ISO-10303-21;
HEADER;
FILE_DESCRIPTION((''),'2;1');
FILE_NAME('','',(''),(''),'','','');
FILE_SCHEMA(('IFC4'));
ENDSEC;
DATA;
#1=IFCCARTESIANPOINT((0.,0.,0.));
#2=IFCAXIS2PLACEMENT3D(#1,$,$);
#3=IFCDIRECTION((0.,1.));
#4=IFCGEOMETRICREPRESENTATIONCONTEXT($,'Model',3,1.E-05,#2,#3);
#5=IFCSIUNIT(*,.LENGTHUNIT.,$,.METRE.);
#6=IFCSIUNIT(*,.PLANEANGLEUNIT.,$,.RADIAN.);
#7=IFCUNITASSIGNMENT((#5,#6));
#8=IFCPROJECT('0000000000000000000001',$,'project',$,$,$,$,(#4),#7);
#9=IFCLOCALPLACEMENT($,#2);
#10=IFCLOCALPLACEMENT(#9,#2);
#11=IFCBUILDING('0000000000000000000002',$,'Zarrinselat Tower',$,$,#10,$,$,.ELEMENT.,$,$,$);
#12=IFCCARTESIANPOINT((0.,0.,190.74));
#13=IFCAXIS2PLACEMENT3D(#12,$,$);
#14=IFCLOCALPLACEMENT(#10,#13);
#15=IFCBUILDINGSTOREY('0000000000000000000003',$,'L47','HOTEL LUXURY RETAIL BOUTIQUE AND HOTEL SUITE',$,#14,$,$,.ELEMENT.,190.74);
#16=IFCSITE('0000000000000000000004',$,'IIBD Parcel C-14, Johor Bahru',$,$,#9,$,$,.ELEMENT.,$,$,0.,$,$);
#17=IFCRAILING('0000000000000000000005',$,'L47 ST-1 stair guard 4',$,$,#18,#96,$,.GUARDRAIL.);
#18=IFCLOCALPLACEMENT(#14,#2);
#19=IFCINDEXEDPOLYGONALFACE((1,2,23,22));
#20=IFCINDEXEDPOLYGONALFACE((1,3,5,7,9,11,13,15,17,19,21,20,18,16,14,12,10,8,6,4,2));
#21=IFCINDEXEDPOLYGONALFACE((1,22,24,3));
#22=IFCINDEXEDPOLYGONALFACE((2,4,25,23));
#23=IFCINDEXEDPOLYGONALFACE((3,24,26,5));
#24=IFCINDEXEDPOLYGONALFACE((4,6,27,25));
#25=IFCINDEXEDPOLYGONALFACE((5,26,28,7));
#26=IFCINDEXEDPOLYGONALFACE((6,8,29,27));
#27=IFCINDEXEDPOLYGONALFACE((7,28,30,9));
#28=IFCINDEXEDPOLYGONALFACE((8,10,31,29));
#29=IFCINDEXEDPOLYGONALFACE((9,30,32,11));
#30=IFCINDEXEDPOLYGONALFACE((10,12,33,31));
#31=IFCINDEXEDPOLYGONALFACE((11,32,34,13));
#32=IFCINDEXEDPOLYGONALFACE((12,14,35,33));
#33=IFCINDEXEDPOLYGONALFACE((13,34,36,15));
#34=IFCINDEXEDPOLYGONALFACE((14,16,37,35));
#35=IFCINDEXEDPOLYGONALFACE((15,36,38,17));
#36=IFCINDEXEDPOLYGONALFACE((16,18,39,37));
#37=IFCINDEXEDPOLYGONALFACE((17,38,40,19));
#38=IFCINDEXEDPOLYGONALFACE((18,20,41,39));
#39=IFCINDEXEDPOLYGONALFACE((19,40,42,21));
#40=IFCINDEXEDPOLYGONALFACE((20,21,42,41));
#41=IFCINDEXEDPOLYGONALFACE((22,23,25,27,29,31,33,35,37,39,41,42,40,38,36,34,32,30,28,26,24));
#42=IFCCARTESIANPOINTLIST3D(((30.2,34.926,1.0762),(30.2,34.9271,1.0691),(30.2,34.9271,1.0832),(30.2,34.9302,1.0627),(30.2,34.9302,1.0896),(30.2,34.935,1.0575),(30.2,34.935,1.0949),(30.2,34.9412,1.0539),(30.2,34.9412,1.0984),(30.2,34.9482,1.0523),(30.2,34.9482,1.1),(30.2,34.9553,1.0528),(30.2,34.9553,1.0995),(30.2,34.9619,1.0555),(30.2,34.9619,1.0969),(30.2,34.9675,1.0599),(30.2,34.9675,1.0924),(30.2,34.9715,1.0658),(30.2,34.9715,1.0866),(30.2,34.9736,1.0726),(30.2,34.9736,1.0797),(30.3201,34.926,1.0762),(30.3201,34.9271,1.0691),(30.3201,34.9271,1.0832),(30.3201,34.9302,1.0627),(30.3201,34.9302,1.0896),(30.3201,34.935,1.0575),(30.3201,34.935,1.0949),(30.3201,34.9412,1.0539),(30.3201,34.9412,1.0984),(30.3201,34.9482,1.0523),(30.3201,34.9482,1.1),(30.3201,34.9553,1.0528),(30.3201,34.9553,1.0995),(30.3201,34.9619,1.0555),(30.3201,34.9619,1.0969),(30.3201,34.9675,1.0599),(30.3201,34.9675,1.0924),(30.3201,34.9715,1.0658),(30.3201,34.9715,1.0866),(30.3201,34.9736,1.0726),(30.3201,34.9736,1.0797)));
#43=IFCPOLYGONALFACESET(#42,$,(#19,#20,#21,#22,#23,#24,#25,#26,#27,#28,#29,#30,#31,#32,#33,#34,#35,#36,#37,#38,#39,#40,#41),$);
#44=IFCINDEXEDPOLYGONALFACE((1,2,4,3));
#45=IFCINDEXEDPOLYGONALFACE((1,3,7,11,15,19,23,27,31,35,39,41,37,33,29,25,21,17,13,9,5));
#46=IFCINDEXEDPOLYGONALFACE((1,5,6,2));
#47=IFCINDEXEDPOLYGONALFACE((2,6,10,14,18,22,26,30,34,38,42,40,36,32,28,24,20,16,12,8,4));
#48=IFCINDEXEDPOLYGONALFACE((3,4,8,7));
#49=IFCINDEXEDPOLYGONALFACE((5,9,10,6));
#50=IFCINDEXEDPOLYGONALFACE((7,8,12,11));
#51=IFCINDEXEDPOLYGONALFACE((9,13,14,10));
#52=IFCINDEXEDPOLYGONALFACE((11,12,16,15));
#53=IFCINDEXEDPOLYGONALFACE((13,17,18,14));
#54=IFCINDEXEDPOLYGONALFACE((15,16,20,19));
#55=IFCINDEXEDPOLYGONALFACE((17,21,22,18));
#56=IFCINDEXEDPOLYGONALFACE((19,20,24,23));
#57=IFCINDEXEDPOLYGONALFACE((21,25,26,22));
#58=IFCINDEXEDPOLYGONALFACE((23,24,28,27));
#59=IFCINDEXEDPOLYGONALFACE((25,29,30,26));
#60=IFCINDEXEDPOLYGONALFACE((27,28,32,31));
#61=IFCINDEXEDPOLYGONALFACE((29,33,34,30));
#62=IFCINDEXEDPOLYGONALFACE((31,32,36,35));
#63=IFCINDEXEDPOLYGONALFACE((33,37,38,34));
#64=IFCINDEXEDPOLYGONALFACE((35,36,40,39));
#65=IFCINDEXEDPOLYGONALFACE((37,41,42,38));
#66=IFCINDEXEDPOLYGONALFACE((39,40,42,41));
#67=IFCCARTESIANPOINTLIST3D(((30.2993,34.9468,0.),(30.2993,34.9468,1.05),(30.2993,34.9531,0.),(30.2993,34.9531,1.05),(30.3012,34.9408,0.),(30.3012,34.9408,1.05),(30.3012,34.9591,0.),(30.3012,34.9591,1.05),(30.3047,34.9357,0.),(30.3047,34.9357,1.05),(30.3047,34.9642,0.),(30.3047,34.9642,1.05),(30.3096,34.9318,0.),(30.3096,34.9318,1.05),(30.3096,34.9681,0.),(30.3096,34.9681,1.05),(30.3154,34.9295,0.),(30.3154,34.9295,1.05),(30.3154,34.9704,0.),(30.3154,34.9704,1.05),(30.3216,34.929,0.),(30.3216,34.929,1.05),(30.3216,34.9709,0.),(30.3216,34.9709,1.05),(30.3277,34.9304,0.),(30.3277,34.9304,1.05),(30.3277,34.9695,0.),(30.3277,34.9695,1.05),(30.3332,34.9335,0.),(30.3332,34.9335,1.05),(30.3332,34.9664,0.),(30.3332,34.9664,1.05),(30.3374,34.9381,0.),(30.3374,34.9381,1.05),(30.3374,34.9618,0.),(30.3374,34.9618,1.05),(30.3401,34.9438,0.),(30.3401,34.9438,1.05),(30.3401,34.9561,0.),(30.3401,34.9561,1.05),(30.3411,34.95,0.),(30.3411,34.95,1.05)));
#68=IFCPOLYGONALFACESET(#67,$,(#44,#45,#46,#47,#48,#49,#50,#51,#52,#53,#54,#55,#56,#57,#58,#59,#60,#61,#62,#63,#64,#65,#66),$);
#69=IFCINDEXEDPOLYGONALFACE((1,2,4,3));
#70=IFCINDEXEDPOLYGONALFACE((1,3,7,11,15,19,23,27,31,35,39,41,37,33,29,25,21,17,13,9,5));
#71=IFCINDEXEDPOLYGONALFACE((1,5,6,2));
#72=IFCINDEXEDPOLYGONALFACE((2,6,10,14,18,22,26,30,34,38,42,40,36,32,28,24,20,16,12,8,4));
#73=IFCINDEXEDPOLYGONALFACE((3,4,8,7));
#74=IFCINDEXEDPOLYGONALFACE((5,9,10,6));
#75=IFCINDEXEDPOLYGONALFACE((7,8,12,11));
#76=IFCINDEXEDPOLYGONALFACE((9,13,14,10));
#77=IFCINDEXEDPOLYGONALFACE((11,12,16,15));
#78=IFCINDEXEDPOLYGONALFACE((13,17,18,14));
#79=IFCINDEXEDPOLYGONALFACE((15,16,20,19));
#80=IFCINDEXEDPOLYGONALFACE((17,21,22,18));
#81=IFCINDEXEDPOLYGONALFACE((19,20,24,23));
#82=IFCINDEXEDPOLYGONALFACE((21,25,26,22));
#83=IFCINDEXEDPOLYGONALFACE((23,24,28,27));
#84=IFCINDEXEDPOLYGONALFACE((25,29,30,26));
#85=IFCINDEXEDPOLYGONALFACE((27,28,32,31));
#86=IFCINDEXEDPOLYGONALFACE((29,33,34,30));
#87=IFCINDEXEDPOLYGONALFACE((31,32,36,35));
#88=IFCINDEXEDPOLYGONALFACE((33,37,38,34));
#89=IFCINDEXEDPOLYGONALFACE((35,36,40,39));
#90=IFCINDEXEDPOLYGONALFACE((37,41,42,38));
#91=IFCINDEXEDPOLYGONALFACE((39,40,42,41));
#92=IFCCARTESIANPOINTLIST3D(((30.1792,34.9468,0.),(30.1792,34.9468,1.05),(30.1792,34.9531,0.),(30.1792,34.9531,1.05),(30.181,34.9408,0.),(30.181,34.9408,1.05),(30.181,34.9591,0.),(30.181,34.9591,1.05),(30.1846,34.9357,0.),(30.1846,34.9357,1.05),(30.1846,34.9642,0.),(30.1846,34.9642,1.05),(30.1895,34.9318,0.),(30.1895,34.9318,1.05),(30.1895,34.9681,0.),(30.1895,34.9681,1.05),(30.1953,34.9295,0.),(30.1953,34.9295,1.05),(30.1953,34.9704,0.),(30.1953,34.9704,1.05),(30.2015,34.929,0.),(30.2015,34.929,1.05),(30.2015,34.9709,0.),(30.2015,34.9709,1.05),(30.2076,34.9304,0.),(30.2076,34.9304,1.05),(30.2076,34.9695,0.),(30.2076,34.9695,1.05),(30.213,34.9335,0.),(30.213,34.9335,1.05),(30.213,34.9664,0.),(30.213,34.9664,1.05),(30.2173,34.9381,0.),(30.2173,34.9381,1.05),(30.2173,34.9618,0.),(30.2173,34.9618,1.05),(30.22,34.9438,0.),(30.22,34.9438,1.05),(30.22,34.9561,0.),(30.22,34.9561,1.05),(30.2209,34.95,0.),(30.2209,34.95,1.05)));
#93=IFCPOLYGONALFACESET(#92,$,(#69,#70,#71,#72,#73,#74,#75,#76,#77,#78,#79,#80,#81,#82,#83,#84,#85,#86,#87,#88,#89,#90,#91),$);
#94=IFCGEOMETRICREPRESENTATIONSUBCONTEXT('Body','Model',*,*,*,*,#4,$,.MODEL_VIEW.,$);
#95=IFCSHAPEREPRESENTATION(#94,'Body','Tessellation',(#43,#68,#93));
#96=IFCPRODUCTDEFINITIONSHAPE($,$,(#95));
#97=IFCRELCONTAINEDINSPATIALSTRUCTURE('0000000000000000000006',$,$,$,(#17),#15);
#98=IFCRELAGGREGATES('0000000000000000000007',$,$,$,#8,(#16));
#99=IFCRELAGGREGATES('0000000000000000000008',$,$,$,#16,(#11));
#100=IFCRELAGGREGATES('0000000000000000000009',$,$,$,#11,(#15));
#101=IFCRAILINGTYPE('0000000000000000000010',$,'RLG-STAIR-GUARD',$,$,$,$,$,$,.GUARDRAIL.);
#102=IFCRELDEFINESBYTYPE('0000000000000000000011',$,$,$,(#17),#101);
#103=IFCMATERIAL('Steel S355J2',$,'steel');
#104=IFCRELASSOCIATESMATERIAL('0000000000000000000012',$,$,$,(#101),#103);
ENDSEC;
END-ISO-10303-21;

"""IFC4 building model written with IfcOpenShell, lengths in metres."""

from ifc_helpers import new_model, si_unit, direction, frame, origin, origin_2d, place, context, subcontext, project, spatial, circle, extrude, material, type_object, element, save


model = new_model("IFC4")

# Units and contexts
model_context = context("Model", 3, precision=1e-05, world=origin(), true_north=direction((0.0, 1.0)))
body_context = subcontext(model_context, "Body", "Model", "MODEL_VIEW")
ifc_project = project(units=[si_unit("LENGTHUNIT", "METRE"), si_unit("PLANEANGLEUNIT", "RADIAN")], contexts=[model_context])

# Site, building, storey
site_placement = place(None, origin())
site = spatial("IfcSite", under=ifc_project, at=site_placement, Name="IIBD Parcel C-14, Johor Bahru", CompositionType="ELEMENT", RefElevation=0.0)
building_placement = place(site_placement, origin())
building = spatial("IfcBuilding", under=site, at=building_placement, Name="Zarrinselat Tower", CompositionType="ELEMENT")
storey_placement = place(building_placement, frame((0.0, 0.0, 190.74)))
storey = spatial("IfcBuildingStorey", under=building, at=storey_placement, Name="L47", Description="HOTEL LUXURY RETAIL BOUTIQUE AND HOTEL SUITE", CompositionType="ELEMENT", Elevation=190.74)

# Railing
ifc_material_1 = material(Name="Steel S355J2", Category="steel")
railing_type = type_object("IfcRailingType", Name="RLG-STAIR-GUARD", PredefinedType="GUARDRAIL", material=ifc_material_1)
railing_1_placement = place(storey_placement, frame((30.3201, 34.95, 0.0)))
element("IfcRailing", 1, at=railing_1_placement, inside=storey, type_object=railing_type, Name="L47 ST-1 stair guard 4", PredefinedType="GUARDRAIL", context=body_context, shape_type="SweptSolid", body=[
    extrude(circle(Radius=0.0239, at=origin_2d()), frame((0.0, 0.0, 1.0762), z_axis=(-1.0, 0.0, 0.0), x_axis=(0.0, -1.0, 0.0)), (0.0, 0.0, 1.0), 0.1201),
    extrude(circle(Radius=0.021, at=origin_2d()), origin(), (0.0, 0.0, 1.0), 1.05),
    extrude(circle(Radius=0.021, at=origin_2d()), frame((-0.1201, 0.0, 0.0)), (0.0, 0.0, 1.0), 1.05),
])

save(model, "model.ifc")
